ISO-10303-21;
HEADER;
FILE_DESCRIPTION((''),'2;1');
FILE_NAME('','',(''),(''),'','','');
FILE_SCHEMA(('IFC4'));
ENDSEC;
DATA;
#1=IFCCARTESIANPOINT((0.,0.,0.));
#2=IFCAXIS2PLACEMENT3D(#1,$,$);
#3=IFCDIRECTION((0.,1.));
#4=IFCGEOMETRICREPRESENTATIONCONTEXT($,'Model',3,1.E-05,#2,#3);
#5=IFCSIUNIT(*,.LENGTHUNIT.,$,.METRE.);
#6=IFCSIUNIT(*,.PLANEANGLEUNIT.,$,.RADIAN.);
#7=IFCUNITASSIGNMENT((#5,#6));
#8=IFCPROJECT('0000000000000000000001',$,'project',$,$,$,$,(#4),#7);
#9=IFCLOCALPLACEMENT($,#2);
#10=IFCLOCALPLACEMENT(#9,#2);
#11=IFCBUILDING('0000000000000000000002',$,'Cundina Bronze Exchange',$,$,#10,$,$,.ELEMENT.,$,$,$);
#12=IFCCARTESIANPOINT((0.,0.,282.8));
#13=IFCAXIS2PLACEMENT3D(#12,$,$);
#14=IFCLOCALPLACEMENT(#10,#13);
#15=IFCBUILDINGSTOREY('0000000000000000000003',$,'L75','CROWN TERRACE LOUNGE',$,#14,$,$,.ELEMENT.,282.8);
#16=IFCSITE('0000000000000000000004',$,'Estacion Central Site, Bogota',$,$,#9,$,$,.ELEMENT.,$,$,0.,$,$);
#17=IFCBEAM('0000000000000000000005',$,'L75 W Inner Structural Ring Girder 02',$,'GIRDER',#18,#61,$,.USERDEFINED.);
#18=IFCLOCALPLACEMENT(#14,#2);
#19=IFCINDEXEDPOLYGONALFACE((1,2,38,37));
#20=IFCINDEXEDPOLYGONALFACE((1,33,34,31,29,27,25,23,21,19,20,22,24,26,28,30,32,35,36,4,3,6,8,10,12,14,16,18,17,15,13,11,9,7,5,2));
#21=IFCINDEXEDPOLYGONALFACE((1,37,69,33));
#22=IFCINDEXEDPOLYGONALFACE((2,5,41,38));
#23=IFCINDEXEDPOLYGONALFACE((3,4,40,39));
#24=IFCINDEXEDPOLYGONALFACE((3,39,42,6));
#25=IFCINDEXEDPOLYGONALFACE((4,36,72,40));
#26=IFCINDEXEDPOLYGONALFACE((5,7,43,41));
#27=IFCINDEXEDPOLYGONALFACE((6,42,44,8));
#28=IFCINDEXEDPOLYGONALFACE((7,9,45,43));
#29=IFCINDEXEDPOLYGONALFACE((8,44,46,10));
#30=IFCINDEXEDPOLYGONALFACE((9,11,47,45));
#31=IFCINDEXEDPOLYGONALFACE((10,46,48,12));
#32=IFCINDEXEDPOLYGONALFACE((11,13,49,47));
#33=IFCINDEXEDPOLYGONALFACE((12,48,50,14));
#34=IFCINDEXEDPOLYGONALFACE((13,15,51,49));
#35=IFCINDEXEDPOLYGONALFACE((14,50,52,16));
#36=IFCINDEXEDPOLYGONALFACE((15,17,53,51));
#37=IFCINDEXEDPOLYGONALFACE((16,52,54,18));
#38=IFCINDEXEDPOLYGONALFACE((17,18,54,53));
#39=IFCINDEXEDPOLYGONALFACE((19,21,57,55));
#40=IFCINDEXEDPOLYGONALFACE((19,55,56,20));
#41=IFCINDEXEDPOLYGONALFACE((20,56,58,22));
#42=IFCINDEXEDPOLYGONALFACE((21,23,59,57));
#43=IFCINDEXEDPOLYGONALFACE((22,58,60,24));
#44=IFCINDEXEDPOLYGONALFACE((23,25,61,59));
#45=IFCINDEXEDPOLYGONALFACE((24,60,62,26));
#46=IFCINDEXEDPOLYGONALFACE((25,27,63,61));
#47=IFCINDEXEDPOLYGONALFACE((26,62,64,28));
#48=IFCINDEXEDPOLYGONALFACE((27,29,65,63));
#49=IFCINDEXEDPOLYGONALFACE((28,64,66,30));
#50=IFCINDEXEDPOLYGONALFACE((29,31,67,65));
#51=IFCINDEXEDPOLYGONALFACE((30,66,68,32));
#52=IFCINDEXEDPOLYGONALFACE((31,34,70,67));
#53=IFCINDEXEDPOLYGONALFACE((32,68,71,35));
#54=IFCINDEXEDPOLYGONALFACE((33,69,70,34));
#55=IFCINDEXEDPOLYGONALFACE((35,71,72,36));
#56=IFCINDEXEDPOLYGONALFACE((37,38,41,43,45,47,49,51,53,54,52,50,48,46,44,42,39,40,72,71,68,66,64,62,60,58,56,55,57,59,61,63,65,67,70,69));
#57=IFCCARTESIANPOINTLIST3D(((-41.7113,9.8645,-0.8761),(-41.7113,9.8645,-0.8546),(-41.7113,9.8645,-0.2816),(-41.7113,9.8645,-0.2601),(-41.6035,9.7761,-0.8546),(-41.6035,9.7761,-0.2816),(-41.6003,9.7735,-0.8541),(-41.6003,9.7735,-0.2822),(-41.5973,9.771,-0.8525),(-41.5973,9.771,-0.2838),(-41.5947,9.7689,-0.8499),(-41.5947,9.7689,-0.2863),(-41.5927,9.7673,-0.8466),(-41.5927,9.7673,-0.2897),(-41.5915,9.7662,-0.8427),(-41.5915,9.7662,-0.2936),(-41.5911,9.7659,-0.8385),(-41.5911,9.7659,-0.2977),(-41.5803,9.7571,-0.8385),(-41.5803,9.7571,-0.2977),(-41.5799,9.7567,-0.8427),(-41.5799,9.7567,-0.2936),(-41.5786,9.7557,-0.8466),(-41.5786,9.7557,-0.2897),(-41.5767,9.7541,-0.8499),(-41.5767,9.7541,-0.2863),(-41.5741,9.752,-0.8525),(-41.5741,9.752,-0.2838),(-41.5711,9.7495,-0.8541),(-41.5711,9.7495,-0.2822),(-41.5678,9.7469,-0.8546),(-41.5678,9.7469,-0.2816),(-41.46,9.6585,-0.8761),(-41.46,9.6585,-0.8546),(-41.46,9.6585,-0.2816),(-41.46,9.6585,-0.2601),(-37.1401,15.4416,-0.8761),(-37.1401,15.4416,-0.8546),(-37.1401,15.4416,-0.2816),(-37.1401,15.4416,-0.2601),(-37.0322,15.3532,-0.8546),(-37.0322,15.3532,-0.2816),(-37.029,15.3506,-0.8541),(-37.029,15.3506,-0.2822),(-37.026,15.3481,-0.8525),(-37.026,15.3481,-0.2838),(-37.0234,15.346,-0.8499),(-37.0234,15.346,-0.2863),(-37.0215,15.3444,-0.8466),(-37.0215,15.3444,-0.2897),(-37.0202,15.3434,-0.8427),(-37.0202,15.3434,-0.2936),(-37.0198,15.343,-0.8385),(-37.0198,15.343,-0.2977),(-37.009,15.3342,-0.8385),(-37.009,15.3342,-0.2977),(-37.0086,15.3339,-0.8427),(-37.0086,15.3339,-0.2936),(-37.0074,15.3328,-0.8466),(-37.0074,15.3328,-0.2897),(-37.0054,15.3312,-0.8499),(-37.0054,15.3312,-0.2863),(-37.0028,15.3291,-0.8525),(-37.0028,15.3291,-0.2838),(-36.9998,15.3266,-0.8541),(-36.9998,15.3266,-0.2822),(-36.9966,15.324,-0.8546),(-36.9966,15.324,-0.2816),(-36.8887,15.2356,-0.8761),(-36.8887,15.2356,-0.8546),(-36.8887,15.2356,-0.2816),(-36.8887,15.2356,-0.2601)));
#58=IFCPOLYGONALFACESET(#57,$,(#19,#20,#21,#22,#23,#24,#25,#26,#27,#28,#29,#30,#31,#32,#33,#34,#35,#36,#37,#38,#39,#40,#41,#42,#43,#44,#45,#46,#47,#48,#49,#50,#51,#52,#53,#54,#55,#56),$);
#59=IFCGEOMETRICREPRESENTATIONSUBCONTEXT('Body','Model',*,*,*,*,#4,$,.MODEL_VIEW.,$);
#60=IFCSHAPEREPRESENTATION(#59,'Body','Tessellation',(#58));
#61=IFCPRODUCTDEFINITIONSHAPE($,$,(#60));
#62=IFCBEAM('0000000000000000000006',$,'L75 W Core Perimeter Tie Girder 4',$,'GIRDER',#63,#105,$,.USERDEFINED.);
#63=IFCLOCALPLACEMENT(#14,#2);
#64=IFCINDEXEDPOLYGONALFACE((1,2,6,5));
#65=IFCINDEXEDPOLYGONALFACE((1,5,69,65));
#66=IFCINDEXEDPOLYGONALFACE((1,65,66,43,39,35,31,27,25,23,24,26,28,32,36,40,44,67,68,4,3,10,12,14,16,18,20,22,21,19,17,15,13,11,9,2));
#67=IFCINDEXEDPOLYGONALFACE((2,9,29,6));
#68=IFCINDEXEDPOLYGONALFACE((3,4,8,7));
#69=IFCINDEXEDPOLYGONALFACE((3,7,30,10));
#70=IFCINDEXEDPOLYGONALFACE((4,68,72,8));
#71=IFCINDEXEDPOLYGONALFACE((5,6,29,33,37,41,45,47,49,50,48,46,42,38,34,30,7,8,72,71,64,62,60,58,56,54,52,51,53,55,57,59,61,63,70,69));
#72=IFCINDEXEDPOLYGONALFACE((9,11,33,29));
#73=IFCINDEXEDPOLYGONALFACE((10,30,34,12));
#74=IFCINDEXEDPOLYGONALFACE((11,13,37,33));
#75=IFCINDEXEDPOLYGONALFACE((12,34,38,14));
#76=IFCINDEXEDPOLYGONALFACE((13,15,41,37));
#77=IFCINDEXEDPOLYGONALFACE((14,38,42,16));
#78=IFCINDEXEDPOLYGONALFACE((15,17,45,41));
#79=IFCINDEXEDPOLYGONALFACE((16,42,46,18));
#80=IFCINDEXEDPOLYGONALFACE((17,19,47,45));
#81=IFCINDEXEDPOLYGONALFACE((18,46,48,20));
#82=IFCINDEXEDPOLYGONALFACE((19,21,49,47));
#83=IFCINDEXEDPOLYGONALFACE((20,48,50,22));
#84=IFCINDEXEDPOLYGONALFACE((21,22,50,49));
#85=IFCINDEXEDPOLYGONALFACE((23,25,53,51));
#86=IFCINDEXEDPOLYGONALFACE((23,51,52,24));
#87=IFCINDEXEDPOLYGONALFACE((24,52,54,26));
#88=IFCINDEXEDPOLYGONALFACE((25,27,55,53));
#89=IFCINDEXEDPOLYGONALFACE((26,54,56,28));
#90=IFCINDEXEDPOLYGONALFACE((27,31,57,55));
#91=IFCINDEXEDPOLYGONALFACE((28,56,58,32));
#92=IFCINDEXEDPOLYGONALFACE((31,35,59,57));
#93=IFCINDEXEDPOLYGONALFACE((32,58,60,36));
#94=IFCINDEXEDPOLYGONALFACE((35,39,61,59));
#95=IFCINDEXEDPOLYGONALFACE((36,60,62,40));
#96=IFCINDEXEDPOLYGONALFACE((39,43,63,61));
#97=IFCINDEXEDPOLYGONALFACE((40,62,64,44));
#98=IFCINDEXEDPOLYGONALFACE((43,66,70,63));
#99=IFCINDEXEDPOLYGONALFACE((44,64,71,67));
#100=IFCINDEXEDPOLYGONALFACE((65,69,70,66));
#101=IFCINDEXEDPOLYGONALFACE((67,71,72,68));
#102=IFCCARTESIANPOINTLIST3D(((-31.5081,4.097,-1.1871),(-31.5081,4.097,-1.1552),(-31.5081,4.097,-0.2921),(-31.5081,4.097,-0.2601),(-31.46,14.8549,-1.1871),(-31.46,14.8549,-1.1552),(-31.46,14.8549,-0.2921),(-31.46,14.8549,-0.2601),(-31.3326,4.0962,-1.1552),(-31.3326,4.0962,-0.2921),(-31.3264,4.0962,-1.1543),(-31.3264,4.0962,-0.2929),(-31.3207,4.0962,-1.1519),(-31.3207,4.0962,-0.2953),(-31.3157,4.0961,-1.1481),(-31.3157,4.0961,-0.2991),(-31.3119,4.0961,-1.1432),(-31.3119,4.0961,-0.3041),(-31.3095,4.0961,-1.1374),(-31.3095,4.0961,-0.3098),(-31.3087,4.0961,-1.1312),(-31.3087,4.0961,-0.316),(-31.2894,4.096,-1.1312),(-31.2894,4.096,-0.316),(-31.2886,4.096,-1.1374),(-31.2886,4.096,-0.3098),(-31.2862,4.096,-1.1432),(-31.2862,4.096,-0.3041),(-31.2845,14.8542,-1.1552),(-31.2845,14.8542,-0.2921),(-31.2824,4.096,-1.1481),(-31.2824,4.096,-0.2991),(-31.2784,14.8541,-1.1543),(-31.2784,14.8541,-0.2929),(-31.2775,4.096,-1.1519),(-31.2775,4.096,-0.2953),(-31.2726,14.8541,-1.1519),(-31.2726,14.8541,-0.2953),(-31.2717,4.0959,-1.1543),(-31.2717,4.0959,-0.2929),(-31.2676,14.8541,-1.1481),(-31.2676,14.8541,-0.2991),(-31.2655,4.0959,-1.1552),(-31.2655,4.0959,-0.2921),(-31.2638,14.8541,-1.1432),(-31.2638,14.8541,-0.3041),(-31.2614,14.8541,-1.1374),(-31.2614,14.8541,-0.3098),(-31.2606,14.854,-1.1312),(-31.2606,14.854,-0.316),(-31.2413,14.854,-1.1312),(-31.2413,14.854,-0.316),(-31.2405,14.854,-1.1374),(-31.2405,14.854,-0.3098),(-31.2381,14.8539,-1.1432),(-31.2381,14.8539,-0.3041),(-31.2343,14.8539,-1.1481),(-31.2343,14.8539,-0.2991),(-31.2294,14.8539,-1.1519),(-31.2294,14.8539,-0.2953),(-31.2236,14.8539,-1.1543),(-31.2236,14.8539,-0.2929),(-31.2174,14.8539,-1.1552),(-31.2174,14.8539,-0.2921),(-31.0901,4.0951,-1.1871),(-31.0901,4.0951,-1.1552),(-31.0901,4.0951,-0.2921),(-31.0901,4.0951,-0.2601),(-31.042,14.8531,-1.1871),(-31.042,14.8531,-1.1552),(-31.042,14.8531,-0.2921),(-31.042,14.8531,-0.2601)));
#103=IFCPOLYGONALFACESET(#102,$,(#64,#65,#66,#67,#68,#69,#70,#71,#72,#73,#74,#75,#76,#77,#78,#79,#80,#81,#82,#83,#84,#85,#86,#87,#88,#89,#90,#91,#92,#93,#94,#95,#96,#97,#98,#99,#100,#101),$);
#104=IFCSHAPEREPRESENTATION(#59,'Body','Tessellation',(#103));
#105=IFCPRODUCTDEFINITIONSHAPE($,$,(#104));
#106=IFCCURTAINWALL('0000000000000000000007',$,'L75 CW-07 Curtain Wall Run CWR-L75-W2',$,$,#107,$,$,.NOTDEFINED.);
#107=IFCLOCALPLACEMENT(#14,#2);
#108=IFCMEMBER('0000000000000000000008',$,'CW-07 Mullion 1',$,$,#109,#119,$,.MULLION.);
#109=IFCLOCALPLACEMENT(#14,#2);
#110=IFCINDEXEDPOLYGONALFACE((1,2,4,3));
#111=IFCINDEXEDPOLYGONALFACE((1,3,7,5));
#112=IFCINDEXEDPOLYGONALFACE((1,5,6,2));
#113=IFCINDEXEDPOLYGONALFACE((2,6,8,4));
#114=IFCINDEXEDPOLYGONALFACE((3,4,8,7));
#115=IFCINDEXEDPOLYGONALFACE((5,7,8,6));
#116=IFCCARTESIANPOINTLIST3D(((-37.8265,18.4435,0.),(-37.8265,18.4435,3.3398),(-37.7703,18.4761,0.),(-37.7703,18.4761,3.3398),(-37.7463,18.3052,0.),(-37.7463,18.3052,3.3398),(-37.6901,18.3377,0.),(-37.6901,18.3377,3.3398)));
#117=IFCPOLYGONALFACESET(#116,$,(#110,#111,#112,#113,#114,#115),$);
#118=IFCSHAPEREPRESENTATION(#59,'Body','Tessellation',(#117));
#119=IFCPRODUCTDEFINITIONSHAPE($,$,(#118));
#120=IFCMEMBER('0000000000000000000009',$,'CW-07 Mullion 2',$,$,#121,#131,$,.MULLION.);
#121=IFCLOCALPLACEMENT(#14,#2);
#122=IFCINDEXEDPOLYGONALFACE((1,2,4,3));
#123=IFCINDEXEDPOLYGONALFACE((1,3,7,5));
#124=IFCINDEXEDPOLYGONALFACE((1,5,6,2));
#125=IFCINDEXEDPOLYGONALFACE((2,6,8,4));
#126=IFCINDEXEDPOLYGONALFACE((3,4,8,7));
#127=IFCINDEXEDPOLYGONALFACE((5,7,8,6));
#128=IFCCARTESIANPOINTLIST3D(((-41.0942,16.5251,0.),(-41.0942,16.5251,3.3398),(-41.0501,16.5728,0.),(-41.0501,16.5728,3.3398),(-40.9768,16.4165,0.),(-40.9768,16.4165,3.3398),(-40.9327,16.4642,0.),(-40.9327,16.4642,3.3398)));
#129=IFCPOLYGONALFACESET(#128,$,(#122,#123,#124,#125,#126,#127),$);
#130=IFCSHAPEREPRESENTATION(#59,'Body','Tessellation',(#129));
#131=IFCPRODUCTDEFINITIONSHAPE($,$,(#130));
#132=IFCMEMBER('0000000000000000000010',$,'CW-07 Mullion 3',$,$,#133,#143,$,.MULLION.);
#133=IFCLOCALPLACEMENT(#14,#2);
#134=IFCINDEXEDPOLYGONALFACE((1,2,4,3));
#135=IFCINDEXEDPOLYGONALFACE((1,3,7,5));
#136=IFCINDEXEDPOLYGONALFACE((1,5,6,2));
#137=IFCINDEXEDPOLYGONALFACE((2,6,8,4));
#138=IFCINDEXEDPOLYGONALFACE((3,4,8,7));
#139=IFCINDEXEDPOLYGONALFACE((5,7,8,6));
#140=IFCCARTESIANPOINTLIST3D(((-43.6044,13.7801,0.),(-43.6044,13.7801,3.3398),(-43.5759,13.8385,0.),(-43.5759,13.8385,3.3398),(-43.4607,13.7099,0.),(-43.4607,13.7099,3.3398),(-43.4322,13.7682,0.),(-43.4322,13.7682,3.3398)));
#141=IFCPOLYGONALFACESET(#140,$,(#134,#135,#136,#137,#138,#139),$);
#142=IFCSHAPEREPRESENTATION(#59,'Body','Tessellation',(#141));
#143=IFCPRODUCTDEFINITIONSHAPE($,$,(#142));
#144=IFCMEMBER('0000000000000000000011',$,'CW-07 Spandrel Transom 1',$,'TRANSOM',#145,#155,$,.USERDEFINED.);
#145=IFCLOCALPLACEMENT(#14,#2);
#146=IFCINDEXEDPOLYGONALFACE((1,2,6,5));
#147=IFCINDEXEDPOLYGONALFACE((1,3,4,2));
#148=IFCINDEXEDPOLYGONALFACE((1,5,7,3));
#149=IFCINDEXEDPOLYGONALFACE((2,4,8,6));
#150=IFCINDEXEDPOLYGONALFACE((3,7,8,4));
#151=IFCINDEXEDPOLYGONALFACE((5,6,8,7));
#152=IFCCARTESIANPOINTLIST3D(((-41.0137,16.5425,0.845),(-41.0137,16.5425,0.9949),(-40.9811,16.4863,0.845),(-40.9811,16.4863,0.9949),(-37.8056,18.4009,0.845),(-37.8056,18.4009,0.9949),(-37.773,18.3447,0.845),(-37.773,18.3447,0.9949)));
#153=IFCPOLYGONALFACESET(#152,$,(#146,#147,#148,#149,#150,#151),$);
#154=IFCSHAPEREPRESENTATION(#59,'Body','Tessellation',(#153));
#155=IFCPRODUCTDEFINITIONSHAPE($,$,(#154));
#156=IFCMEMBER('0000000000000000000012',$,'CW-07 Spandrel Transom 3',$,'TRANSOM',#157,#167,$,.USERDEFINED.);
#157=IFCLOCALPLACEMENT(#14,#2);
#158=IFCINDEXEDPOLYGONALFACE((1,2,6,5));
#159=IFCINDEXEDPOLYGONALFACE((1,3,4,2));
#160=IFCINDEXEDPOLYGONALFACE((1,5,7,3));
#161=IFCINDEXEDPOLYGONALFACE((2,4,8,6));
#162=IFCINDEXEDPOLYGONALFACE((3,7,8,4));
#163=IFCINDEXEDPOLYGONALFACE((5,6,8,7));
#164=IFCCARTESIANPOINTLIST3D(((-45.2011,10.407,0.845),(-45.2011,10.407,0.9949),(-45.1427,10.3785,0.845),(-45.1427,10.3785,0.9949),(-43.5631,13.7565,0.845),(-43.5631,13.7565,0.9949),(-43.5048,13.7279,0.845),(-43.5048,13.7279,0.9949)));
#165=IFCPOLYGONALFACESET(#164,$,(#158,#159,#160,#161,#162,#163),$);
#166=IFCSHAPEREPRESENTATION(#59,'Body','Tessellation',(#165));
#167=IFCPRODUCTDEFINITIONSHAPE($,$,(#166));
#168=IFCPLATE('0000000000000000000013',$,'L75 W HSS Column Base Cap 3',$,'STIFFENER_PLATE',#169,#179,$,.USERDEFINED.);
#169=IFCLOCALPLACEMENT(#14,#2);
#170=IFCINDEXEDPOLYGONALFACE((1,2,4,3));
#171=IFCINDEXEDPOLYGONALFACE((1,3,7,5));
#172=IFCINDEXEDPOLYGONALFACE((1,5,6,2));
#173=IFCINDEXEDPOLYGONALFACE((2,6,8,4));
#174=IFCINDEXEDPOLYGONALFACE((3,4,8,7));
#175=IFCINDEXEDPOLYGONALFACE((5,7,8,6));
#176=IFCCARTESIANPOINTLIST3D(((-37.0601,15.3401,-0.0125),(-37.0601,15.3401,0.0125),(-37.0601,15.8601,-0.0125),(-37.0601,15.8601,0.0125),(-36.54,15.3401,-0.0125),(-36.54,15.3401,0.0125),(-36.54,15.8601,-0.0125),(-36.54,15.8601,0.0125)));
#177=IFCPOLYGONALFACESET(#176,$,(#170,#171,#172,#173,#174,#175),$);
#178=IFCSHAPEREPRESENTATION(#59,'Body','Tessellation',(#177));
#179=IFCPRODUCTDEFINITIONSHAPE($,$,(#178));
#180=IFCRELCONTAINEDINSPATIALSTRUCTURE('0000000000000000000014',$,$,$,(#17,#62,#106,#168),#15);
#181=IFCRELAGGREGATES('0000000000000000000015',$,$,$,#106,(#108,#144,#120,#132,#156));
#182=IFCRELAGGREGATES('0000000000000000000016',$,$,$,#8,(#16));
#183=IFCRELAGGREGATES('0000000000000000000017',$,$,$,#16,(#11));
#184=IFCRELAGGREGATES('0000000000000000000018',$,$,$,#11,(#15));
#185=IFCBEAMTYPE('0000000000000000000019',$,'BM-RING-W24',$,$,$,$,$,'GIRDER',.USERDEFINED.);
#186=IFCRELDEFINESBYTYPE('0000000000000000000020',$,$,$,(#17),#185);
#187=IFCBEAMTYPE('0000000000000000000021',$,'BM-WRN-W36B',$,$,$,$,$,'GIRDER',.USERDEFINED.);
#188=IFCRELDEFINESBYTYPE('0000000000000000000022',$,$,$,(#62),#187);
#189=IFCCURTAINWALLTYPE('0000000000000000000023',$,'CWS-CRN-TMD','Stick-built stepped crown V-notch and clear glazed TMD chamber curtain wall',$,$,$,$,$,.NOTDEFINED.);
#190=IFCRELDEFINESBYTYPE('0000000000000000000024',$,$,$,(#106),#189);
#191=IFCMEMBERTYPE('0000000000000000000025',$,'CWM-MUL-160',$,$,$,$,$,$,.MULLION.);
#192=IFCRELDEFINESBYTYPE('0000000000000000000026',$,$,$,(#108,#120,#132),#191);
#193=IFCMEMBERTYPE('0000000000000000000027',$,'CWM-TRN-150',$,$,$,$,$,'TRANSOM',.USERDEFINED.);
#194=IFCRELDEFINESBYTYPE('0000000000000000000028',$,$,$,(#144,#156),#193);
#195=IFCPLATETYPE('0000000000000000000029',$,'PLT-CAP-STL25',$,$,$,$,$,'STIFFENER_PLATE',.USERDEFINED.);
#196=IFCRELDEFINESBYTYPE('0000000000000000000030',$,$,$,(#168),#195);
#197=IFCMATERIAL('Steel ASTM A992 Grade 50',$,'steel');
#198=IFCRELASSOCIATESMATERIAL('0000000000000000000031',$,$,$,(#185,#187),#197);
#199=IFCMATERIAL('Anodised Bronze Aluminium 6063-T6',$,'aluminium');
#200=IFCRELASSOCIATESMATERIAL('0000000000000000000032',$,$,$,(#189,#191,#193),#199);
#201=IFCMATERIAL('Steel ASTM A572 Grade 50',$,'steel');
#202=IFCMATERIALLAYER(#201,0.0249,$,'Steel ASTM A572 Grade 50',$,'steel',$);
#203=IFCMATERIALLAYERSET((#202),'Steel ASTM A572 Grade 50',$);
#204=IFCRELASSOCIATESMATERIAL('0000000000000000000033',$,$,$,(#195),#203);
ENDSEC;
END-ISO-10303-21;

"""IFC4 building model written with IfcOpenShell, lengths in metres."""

from ifc_helpers import new_model, si_unit, direction, frame, origin, origin_2d, place, context, subcontext, project, spatial, rectangle, i_section, extrude, material, layer, layer_set, material_profile, profile_set, type_object, element, aggregate, save


model = new_model("IFC4")

# Units and contexts
model_context = context("Model", 3, precision=1e-05, world=origin(), true_north=direction((0.0, 1.0)))
body_context = subcontext(model_context, "Body", "Model", "MODEL_VIEW")
ifc_project = project(units=[si_unit("LENGTHUNIT", "METRE"), si_unit("PLANEANGLEUNIT", "RADIAN")], contexts=[model_context])

# Site, building, storey
site_placement = place(None, origin())
site = spatial("IfcSite", under=ifc_project, at=site_placement, Name="Estacion Central Site, Bogota", CompositionType="ELEMENT", RefElevation=0.0)
building_placement = place(site_placement, origin())
building = spatial("IfcBuilding", under=site, at=building_placement, Name="Cundina Bronze Exchange", CompositionType="ELEMENT")
storey_placement = place(building_placement, frame((0.0, 0.0, 282.8)))
storey = spatial("IfcBuildingStorey", under=building, at=storey_placement, Name="L75", Description="CROWN TERRACE LOUNGE", CompositionType="ELEMENT", Elevation=282.8)

# Shared definitions
ifc_material_1 = material(Name="Steel ASTM A992 Grade 50", Category="steel")

# Beams
ifc_material_profile_1 = material_profile(ifc_material_1, i_section(OverallWidth=0.325, OverallDepth=0.616, WebThickness=0.0139, FlangeThickness=0.0215, FilletRadius=0.0161, at=origin_2d()), Name="W24X117", Category="steel")
ifc_profile_set_1 = profile_set([ifc_material_profile_1], Name="Steel ASTM A992 Grade 50")
beam_type_1 = type_object("IfcBeamType", Name="BM-RING-W24", ElementType="GIRDER", PredefinedType="USERDEFINED", material=ifc_profile_set_1)
beam_1_placement = place(storey_placement, frame((-37.0144, 15.3386, -0.5681), z_axis=(-0.633916, -0.773402, 0.0), x_axis=(0.773402, -0.633916, 0.0)))
element("IfcBeam", 1, at=beam_1_placement, inside=storey, type_object=beam_type_1, Name="L75 W Inner Structural Ring Girder 02", ObjectType="GIRDER", PredefinedType="USERDEFINED", context=body_context, shape_type="SweptSolid", body=[
    extrude(i_section(OverallWidth=0.325, OverallDepth=0.616, WebThickness=0.0139, FlangeThickness=0.0215, FilletRadius=0.0161, at=origin_2d()), origin(), (0.0, 0.0, 1.0), 7.2112),
])
ifc_material_profile_2 = material_profile(ifc_material_1, i_section(OverallWidth=0.418, OverallDepth=0.927, WebThickness=0.0193, FlangeThickness=0.032, FilletRadius=0.0239, at=origin_2d()), Name="W36X231", Category="steel")
ifc_profile_set_2 = profile_set([ifc_material_profile_2], Name="Steel ASTM A992 Grade 50")
beam_type_2 = type_object("IfcBeamType", Name="BM-WRN-W36B", ElementType="GIRDER", PredefinedType="USERDEFINED", material=ifc_profile_set_2)
beam_2_placement = place(storey_placement, frame((-31.251, 14.854, -0.7236), z_axis=(-0.004471, -0.99999, 0.0), x_axis=(0.99999, -0.004471, 0.0)))
element("IfcBeam", 2, at=beam_2_placement, inside=storey, type_object=beam_type_2, Name="L75 W Core Perimeter Tie Girder 4", ObjectType="GIRDER", PredefinedType="USERDEFINED", context=body_context, shape_type="SweptSolid", body=[
    extrude(i_section(OverallWidth=0.418, OverallDepth=0.927, WebThickness=0.0193, FlangeThickness=0.032, FilletRadius=0.0239, at=origin_2d()), origin(), (0.0, 0.0, 1.0), 10.7581),
])

# Curtain wall, members
ifc_material_2 = material(Name="Anodised Bronze Aluminium 6063-T6", Category="aluminium")
curtain_wall_type = type_object("IfcCurtainWallType", Name="CWS-CRN-TMD", Description="Stick-built stepped crown V-notch and clear glazed TMD chamber curtain wall", PredefinedType="NOTDEFINED", material=ifc_material_2)
curtain_wall_placement = place(storey_placement, origin())
curtain_wall = element("IfcCurtainWall", 3, at=curtain_wall_placement, inside=storey, type_object=curtain_wall_type, Name="L75 CW-07 Curtain Wall Run CWR-L75-W2", PredefinedType="NOTDEFINED")
ifc_material_profile_3 = material_profile(ifc_material_2, rectangle(XDim=0.0649, YDim=0.1599, at=origin_2d()), Name="AL65X160", Category="aluminium")
ifc_profile_set_3 = profile_set([ifc_material_profile_3], Name="Anodised Bronze Aluminium 6063-T6")
member_type_1 = type_object("IfcMemberType", Name="CWM-MUL-160", PredefinedType="MULLION", material=ifc_profile_set_3)
member_1_placement = place(storey_placement, frame((-37.7583, 18.3906, 0.0), z_axis=(0.0, 0.0, 1.0), x_axis=(-0.865326, -0.501209, 0.0)))
member_1 = element("IfcMember", 4, at=member_1_placement, type_object=member_type_1, Name="CW-07 Mullion 1", PredefinedType="MULLION", context=body_context, shape_type="SweptSolid", body=[
    extrude(rectangle(XDim=0.0649, YDim=0.1599, at=origin_2d()), origin(), (0.0, 0.0, 1.0), 3.3398),
])
member_2_placement = place(storey_placement, frame((-41.0134, 16.4946, 0.0), z_axis=(0.0, 0.0, 1.0), x_axis=(-0.679057, -0.734086, 0.0)))
member_2 = element("IfcMember", 5, at=member_2_placement, type_object=member_type_1, Name="CW-07 Mullion 2", PredefinedType="MULLION", context=body_context, shape_type="SweptSolid", body=[
    extrude(rectangle(XDim=0.0649, YDim=0.1599, at=origin_2d()), origin(), (0.0, 0.0, 1.0), 3.3398),
])
member_3_placement = place(storey_placement, frame((-43.5183, 13.7742, 0.0), z_axis=(0.0, 0.0, 1.0), x_axis=(-0.439312, -0.898334, 0.0)))
member_3 = element("IfcMember", 6, at=member_3_placement, type_object=member_type_1, Name="CW-07 Mullion 3", PredefinedType="MULLION", context=body_context, shape_type="SweptSolid", body=[
    extrude(rectangle(XDim=0.0649, YDim=0.1599, at=origin_2d()), origin(), (0.0, 0.0, 1.0), 3.3398),
])
ifc_material_profile_4 = material_profile(ifc_material_2, rectangle(XDim=0.0649, YDim=0.1499, at=origin_2d()), Name="AL65X150", Category="aluminium")
ifc_profile_set_4 = profile_set([ifc_material_profile_4], Name="Anodised Bronze Aluminium 6063-T6")
member_type_2 = type_object("IfcMemberType", Name="CWM-TRN-150", ElementType="TRANSOM", PredefinedType="USERDEFINED", material=ifc_profile_set_4)
member_4_placement = place(storey_placement, frame((-37.7893, 18.3728, 0.9199), z_axis=(-0.865294, -0.501265, 0.0), x_axis=(0.501265, -0.865294, 0.0)))
member_4 = element("IfcMember", 7, at=member_4_placement, type_object=member_type_2, Name="CW-07 Spandrel Transom 1", ObjectType="TRANSOM", PredefinedType="USERDEFINED", context=body_context, shape_type="SweptSolid", body=[
    extrude(rectangle(XDim=0.0649, YDim=0.1499, at=origin_2d()), origin(), (0.0, 0.0, 1.0), 3.7075),
])
member_5_placement = place(storey_placement, frame((-43.5339, 13.7422, 0.9199), z_axis=(-0.439312, -0.898334, 0.0), x_axis=(0.898334, -0.439312, 0.0)))
member_5 = element("IfcMember", 8, at=member_5_placement, type_object=member_type_2, Name="CW-07 Spandrel Transom 3", ObjectType="TRANSOM", PredefinedType="USERDEFINED", context=body_context, shape_type="SweptSolid", body=[
    extrude(rectangle(XDim=0.0649, YDim=0.1499, at=origin_2d()), origin(), (0.0, 0.0, 1.0), 3.7285),
])

# Plate
ifc_material_3 = material(Name="Steel ASTM A572 Grade 50", Category="steel")
ifc_layer_1 = layer(ifc_material_3, 0.0249, Name="Steel ASTM A572 Grade 50", Category="steel")
ifc_layer_set_1 = layer_set([ifc_layer_1], Name="Steel ASTM A572 Grade 50")
plate_type_1 = type_object("IfcPlateType", Name="PLT-CAP-STL25", ElementType="STIFFENER_PLATE", PredefinedType="USERDEFINED", material=ifc_layer_set_1)
plate_1_placement = place(storey_placement, frame((-36.8, 15.6001, -0.0125), z_axis=(0.0, 0.0, 1.0), x_axis=(1.0, 0.0, 0.0)))
element("IfcPlate", 9, at=plate_1_placement, inside=storey, type_object=plate_type_1, Name="L75 W HSS Column Base Cap 3", ObjectType="STIFFENER_PLATE", PredefinedType="USERDEFINED", context=body_context, shape_type="SweptSolid", body=[
    extrude(rectangle(XDim=0.52, YDim=0.52, at=origin_2d()), origin(), (0.0, 0.0, 1.0), 0.0249),
])
aggregate(curtain_wall, [member_1, member_4, member_2, member_3, member_5])

save(model, "model.ifc")
